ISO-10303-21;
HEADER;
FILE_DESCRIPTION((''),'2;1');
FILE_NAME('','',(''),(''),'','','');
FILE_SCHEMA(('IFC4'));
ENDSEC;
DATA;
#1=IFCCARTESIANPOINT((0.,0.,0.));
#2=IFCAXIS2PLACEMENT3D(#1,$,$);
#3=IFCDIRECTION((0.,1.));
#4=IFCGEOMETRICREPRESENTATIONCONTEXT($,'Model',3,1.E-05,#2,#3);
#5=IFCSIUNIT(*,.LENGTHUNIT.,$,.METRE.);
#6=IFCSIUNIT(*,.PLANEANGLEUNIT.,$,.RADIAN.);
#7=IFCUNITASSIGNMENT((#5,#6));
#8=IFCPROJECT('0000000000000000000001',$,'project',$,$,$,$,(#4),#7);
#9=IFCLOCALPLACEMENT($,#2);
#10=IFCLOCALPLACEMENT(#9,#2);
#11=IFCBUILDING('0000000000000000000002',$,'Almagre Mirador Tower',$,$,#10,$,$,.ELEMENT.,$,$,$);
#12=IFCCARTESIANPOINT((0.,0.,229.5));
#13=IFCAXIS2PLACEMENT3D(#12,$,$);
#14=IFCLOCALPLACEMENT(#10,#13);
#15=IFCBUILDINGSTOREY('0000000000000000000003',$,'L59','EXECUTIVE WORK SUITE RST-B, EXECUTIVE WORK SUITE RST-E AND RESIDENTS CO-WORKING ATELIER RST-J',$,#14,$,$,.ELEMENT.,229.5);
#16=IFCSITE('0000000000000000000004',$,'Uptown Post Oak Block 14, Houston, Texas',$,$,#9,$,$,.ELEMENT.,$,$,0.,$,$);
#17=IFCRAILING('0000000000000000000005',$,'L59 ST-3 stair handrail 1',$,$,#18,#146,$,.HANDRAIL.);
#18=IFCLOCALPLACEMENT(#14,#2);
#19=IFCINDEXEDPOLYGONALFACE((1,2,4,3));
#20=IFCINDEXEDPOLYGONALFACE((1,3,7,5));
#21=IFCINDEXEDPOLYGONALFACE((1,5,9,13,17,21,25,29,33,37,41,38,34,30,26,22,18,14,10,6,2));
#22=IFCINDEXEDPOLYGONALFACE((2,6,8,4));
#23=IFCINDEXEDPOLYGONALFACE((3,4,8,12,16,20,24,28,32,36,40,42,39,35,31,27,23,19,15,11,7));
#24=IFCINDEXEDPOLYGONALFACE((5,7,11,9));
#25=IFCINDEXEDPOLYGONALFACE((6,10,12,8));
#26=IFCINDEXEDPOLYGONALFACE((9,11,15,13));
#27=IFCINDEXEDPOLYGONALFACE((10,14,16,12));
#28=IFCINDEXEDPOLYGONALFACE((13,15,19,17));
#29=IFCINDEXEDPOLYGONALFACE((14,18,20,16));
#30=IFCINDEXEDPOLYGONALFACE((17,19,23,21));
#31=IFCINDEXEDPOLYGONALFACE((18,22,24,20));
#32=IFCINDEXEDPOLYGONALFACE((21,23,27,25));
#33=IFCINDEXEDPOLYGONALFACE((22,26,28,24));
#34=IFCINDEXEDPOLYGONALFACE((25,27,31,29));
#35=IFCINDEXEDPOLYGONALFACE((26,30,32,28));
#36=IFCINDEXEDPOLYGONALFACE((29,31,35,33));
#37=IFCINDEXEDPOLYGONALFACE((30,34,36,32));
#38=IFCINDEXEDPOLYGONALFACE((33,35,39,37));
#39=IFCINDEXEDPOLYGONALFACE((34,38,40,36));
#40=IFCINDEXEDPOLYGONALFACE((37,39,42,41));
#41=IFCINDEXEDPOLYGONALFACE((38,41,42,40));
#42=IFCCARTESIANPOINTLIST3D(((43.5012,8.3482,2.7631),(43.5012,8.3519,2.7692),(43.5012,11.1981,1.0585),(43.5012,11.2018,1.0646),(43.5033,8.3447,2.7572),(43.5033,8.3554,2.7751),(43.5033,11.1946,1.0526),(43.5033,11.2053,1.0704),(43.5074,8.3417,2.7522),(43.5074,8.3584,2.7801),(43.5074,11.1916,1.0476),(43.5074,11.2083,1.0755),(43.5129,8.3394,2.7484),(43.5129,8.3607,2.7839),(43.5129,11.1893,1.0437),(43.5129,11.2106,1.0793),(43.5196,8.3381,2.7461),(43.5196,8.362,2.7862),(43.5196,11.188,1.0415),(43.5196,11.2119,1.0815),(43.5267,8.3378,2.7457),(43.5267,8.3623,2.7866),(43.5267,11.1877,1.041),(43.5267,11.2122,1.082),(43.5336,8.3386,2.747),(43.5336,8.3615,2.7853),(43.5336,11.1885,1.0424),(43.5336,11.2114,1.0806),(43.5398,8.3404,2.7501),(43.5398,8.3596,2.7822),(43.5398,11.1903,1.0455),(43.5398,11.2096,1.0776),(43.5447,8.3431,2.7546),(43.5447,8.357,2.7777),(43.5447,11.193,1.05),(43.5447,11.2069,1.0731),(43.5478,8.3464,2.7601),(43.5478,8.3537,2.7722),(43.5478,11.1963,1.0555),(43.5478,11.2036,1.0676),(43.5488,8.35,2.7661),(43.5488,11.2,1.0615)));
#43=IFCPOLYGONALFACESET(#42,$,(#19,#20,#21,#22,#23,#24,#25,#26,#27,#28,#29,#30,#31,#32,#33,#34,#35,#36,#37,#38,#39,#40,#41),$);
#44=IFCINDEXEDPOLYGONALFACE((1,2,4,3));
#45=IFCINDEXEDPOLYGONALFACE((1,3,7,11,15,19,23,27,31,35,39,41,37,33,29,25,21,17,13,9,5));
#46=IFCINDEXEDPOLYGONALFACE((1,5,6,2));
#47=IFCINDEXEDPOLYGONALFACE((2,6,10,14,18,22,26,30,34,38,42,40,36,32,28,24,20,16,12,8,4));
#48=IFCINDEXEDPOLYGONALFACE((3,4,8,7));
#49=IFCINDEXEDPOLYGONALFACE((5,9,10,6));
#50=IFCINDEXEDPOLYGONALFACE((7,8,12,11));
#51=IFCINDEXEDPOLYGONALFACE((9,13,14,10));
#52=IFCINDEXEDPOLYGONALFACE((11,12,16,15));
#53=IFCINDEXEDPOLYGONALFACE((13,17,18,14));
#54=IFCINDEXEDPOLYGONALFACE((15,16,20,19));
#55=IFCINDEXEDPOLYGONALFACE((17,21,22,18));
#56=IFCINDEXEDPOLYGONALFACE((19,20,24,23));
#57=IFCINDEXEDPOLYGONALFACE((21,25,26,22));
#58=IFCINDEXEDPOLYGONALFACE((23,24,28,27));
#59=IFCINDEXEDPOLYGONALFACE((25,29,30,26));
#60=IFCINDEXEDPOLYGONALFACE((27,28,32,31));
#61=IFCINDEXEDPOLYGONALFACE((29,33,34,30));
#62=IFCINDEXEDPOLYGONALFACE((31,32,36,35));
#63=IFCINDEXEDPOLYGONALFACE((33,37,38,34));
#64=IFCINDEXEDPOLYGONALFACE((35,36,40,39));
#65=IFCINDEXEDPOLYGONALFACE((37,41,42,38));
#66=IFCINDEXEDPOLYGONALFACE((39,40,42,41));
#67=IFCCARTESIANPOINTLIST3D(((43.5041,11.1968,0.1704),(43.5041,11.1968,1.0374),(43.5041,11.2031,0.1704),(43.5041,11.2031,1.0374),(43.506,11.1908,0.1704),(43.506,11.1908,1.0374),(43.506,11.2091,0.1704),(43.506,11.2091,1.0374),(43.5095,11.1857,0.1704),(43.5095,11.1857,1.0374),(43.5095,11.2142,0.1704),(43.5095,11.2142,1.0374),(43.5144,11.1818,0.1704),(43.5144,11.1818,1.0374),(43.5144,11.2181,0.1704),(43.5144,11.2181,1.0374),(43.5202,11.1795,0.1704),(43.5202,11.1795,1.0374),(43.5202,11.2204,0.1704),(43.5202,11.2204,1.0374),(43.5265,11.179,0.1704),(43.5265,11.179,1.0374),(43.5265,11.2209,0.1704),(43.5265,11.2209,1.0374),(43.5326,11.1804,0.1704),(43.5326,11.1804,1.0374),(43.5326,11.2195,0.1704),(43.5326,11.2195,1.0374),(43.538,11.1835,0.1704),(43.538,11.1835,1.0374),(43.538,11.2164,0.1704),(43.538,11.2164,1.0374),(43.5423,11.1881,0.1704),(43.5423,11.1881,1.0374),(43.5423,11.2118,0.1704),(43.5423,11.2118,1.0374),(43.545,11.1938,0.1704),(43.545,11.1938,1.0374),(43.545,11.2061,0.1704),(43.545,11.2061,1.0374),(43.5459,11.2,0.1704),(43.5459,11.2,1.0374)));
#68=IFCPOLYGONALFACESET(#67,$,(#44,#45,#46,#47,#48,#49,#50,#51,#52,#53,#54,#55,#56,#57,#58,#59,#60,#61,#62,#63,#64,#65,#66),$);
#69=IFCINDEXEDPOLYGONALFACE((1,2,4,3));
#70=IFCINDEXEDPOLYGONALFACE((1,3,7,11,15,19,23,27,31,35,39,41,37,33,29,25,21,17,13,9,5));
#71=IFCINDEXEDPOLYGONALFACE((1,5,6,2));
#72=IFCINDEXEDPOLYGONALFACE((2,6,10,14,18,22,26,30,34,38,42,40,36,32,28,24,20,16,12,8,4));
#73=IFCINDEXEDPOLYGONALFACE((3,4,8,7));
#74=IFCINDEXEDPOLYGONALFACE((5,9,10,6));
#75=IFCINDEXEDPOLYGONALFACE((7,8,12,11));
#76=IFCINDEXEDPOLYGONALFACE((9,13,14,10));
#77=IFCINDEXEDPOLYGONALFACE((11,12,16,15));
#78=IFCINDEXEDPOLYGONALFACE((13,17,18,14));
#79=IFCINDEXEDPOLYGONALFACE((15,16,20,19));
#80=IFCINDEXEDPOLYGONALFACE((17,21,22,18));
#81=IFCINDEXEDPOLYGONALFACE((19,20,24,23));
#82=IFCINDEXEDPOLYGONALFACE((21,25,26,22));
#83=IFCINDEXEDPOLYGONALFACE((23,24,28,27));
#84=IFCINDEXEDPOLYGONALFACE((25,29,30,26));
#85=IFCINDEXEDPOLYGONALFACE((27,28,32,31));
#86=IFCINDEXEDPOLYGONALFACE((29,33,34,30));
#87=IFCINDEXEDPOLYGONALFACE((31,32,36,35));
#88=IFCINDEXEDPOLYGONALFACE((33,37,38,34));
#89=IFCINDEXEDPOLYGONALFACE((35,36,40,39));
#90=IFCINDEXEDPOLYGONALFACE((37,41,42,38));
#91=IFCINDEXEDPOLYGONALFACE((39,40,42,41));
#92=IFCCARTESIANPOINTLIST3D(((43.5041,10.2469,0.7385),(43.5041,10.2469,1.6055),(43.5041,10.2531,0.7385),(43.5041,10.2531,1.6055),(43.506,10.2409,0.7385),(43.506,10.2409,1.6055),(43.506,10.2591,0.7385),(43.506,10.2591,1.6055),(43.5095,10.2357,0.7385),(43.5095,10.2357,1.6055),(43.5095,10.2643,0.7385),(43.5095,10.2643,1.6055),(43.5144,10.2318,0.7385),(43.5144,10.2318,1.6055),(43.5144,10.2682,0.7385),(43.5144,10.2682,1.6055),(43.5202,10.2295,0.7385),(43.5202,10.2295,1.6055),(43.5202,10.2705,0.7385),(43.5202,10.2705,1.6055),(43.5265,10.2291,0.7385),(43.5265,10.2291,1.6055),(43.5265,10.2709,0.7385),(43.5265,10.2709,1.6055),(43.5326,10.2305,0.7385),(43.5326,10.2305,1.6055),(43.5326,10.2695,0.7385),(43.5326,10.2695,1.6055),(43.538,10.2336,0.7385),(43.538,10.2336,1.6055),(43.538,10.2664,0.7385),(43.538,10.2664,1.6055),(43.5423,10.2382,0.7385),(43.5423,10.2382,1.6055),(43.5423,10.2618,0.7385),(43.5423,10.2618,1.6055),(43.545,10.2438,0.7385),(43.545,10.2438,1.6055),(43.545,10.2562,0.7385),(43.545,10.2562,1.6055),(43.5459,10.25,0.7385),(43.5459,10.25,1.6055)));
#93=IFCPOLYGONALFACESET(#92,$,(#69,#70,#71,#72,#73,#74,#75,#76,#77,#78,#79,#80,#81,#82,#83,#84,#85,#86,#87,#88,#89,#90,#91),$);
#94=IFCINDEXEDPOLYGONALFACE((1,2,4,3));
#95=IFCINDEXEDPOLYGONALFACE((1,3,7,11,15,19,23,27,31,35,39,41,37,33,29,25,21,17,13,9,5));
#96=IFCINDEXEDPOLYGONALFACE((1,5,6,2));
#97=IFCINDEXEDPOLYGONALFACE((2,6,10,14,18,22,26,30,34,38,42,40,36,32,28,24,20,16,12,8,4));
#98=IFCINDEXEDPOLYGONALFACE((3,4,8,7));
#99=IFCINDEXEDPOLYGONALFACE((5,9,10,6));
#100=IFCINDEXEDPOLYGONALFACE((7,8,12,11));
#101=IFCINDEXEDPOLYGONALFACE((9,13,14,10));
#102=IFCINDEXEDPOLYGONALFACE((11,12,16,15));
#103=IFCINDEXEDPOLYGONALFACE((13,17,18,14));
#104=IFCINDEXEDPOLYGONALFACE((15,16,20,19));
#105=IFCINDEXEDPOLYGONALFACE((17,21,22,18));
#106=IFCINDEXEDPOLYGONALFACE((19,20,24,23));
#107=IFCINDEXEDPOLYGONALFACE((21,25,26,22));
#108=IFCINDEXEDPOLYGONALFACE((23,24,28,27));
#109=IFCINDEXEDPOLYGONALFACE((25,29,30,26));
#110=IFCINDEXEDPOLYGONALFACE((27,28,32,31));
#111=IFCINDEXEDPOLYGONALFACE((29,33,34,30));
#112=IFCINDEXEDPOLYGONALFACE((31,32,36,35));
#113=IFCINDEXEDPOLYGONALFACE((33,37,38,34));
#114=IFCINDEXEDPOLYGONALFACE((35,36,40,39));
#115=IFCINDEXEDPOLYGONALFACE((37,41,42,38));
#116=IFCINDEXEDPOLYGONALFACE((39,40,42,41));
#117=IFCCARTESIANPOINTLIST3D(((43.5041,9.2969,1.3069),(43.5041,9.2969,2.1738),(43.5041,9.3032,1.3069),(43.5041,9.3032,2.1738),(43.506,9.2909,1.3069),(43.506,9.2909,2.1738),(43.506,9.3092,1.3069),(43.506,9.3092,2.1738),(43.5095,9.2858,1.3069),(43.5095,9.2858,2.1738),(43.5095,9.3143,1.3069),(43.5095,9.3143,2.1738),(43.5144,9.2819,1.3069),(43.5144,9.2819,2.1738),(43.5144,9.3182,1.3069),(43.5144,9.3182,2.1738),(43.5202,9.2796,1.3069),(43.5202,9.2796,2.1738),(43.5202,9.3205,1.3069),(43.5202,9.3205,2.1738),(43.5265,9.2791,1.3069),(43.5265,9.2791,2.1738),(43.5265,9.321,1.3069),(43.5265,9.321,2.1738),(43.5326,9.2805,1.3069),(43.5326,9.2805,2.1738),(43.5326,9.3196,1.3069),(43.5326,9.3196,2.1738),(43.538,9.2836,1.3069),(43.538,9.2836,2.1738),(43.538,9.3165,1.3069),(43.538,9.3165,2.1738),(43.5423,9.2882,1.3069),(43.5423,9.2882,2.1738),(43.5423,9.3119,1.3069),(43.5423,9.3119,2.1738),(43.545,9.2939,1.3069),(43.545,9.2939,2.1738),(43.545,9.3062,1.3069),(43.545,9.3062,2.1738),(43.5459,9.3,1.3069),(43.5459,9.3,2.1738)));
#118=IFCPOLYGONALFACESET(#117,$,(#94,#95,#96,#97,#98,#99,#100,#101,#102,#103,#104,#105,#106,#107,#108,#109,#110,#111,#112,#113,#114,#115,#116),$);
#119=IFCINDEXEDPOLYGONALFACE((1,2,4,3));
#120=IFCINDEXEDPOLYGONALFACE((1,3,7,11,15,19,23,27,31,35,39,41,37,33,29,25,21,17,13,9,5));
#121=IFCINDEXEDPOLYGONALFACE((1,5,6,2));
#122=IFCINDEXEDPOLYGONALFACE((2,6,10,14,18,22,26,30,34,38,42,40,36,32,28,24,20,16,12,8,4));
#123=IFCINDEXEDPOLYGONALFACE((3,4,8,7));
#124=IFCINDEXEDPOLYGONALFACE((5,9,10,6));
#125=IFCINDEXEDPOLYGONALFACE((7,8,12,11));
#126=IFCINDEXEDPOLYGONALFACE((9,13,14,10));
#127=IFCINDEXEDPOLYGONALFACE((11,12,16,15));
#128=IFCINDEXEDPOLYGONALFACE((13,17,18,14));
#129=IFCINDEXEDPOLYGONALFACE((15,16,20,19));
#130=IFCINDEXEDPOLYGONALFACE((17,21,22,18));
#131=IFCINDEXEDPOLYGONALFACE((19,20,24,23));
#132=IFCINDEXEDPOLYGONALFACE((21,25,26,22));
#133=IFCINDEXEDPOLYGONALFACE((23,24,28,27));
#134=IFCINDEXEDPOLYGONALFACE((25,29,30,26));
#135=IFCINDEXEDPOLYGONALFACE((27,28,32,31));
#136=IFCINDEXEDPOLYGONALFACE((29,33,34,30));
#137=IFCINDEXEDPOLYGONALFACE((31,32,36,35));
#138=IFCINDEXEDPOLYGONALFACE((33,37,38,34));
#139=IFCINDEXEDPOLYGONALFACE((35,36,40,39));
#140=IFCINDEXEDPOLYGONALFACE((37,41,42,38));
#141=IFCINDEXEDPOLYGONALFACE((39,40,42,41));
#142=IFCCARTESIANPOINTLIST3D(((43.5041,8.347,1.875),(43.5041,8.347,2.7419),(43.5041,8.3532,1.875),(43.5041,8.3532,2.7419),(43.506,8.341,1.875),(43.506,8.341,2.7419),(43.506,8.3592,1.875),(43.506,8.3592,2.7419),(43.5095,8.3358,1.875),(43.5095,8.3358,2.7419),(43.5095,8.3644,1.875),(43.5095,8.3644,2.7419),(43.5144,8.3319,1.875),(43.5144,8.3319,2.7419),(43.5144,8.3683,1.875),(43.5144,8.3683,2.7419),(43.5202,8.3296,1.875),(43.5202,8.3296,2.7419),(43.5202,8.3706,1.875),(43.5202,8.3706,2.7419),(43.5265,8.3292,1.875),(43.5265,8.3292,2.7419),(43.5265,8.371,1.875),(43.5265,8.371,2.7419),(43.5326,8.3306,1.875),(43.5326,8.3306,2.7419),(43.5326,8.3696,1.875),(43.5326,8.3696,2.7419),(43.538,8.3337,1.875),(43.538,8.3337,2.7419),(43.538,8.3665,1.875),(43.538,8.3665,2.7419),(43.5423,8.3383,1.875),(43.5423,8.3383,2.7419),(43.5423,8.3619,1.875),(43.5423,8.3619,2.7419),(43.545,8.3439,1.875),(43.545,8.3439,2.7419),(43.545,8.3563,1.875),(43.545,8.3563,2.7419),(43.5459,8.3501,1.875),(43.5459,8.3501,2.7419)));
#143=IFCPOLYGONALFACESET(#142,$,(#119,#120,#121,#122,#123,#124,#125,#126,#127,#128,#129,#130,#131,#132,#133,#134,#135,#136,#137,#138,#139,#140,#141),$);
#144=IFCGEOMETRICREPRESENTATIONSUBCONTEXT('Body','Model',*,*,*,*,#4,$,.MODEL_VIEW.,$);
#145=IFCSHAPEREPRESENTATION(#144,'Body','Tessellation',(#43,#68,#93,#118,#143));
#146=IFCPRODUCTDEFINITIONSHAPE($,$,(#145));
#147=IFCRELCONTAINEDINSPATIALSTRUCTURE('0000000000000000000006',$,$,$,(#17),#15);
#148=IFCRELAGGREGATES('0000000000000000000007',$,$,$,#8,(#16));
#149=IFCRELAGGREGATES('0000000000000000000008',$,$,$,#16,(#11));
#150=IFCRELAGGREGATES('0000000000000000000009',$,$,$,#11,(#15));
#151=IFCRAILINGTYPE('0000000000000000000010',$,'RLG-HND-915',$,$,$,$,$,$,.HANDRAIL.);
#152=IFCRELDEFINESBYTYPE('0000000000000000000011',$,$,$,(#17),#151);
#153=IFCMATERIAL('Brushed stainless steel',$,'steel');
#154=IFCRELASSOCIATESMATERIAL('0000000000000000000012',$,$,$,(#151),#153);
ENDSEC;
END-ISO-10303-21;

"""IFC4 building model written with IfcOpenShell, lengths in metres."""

from ifc_helpers import new_model, si_unit, direction, frame, origin, origin_2d, place, context, subcontext, project, spatial, circle, extrude, material, type_object, element, save


model = new_model("IFC4")

# Units and contexts
model_context = context("Model", 3, precision=1e-05, world=origin(), true_north=direction((0.0, 1.0)))
body_context = subcontext(model_context, "Body", "Model", "MODEL_VIEW")
ifc_project = project(units=[si_unit("LENGTHUNIT", "METRE"), si_unit("PLANEANGLEUNIT", "RADIAN")], contexts=[model_context])

# Site, building, storey
site_placement = place(None, origin())
site = spatial("IfcSite", under=ifc_project, at=site_placement, Name="Uptown Post Oak Block 14, Houston, Texas", CompositionType="ELEMENT", RefElevation=0.0)
building_placement = place(site_placement, origin())
building = spatial("IfcBuilding", under=site, at=building_placement, Name="Almagre Mirador Tower", CompositionType="ELEMENT")
storey_placement = place(building_placement, frame((0.0, 0.0, 229.5)))
storey = spatial("IfcBuildingStorey", under=building, at=storey_placement, Name="L59", Description="EXECUTIVE WORK SUITE RST-B, EXECUTIVE WORK SUITE RST-E AND RESIDENTS CO-WORKING ATELIER RST-J", CompositionType="ELEMENT", Elevation=229.5)

# Railing
ifc_material_1 = material(Name="Brushed stainless steel", Category="steel")
railing_type_1 = type_object("IfcRailingType", Name="RLG-HND-915", PredefinedType="HANDRAIL", material=ifc_material_1)
railing_1_placement = place(storey_placement, frame((43.5249, 11.2, 0.1704)))
element("IfcRailing", 1, at=railing_1_placement, inside=storey, type_object=railing_type_1, Name="L59 ST-3 stair handrail 1", PredefinedType="HANDRAIL", context=body_context, shape_type="SweptSolid", body=[
    extrude(circle(Radius=0.0239, at=origin_2d()), frame((0.0, 0.0, 0.8911), z_axis=(0.0, -0.858199, 0.513317), x_axis=(1.0, 0.0, 0.0)), (0.0, 0.0, 1.0), 3.3208),
    extrude(circle(Radius=0.021, at=origin_2d()), origin(), (0.0, 0.0, 1.0), 0.8669),
    extrude(circle(Radius=0.021, at=origin_2d()), frame((0.0, -0.95, 0.5681)), (0.0, 0.0, 1.0), 0.8669),
    extrude(circle(Radius=0.021, at=origin_2d()), frame((0.0, -1.8999, 1.1365)), (0.0, 0.0, 1.0), 0.8669),
    extrude(circle(Radius=0.021, at=origin_2d()), frame((0.0, -2.8499, 1.7046)), (0.0, 0.0, 1.0), 0.8669),
])

save(model, "model.ifc")
